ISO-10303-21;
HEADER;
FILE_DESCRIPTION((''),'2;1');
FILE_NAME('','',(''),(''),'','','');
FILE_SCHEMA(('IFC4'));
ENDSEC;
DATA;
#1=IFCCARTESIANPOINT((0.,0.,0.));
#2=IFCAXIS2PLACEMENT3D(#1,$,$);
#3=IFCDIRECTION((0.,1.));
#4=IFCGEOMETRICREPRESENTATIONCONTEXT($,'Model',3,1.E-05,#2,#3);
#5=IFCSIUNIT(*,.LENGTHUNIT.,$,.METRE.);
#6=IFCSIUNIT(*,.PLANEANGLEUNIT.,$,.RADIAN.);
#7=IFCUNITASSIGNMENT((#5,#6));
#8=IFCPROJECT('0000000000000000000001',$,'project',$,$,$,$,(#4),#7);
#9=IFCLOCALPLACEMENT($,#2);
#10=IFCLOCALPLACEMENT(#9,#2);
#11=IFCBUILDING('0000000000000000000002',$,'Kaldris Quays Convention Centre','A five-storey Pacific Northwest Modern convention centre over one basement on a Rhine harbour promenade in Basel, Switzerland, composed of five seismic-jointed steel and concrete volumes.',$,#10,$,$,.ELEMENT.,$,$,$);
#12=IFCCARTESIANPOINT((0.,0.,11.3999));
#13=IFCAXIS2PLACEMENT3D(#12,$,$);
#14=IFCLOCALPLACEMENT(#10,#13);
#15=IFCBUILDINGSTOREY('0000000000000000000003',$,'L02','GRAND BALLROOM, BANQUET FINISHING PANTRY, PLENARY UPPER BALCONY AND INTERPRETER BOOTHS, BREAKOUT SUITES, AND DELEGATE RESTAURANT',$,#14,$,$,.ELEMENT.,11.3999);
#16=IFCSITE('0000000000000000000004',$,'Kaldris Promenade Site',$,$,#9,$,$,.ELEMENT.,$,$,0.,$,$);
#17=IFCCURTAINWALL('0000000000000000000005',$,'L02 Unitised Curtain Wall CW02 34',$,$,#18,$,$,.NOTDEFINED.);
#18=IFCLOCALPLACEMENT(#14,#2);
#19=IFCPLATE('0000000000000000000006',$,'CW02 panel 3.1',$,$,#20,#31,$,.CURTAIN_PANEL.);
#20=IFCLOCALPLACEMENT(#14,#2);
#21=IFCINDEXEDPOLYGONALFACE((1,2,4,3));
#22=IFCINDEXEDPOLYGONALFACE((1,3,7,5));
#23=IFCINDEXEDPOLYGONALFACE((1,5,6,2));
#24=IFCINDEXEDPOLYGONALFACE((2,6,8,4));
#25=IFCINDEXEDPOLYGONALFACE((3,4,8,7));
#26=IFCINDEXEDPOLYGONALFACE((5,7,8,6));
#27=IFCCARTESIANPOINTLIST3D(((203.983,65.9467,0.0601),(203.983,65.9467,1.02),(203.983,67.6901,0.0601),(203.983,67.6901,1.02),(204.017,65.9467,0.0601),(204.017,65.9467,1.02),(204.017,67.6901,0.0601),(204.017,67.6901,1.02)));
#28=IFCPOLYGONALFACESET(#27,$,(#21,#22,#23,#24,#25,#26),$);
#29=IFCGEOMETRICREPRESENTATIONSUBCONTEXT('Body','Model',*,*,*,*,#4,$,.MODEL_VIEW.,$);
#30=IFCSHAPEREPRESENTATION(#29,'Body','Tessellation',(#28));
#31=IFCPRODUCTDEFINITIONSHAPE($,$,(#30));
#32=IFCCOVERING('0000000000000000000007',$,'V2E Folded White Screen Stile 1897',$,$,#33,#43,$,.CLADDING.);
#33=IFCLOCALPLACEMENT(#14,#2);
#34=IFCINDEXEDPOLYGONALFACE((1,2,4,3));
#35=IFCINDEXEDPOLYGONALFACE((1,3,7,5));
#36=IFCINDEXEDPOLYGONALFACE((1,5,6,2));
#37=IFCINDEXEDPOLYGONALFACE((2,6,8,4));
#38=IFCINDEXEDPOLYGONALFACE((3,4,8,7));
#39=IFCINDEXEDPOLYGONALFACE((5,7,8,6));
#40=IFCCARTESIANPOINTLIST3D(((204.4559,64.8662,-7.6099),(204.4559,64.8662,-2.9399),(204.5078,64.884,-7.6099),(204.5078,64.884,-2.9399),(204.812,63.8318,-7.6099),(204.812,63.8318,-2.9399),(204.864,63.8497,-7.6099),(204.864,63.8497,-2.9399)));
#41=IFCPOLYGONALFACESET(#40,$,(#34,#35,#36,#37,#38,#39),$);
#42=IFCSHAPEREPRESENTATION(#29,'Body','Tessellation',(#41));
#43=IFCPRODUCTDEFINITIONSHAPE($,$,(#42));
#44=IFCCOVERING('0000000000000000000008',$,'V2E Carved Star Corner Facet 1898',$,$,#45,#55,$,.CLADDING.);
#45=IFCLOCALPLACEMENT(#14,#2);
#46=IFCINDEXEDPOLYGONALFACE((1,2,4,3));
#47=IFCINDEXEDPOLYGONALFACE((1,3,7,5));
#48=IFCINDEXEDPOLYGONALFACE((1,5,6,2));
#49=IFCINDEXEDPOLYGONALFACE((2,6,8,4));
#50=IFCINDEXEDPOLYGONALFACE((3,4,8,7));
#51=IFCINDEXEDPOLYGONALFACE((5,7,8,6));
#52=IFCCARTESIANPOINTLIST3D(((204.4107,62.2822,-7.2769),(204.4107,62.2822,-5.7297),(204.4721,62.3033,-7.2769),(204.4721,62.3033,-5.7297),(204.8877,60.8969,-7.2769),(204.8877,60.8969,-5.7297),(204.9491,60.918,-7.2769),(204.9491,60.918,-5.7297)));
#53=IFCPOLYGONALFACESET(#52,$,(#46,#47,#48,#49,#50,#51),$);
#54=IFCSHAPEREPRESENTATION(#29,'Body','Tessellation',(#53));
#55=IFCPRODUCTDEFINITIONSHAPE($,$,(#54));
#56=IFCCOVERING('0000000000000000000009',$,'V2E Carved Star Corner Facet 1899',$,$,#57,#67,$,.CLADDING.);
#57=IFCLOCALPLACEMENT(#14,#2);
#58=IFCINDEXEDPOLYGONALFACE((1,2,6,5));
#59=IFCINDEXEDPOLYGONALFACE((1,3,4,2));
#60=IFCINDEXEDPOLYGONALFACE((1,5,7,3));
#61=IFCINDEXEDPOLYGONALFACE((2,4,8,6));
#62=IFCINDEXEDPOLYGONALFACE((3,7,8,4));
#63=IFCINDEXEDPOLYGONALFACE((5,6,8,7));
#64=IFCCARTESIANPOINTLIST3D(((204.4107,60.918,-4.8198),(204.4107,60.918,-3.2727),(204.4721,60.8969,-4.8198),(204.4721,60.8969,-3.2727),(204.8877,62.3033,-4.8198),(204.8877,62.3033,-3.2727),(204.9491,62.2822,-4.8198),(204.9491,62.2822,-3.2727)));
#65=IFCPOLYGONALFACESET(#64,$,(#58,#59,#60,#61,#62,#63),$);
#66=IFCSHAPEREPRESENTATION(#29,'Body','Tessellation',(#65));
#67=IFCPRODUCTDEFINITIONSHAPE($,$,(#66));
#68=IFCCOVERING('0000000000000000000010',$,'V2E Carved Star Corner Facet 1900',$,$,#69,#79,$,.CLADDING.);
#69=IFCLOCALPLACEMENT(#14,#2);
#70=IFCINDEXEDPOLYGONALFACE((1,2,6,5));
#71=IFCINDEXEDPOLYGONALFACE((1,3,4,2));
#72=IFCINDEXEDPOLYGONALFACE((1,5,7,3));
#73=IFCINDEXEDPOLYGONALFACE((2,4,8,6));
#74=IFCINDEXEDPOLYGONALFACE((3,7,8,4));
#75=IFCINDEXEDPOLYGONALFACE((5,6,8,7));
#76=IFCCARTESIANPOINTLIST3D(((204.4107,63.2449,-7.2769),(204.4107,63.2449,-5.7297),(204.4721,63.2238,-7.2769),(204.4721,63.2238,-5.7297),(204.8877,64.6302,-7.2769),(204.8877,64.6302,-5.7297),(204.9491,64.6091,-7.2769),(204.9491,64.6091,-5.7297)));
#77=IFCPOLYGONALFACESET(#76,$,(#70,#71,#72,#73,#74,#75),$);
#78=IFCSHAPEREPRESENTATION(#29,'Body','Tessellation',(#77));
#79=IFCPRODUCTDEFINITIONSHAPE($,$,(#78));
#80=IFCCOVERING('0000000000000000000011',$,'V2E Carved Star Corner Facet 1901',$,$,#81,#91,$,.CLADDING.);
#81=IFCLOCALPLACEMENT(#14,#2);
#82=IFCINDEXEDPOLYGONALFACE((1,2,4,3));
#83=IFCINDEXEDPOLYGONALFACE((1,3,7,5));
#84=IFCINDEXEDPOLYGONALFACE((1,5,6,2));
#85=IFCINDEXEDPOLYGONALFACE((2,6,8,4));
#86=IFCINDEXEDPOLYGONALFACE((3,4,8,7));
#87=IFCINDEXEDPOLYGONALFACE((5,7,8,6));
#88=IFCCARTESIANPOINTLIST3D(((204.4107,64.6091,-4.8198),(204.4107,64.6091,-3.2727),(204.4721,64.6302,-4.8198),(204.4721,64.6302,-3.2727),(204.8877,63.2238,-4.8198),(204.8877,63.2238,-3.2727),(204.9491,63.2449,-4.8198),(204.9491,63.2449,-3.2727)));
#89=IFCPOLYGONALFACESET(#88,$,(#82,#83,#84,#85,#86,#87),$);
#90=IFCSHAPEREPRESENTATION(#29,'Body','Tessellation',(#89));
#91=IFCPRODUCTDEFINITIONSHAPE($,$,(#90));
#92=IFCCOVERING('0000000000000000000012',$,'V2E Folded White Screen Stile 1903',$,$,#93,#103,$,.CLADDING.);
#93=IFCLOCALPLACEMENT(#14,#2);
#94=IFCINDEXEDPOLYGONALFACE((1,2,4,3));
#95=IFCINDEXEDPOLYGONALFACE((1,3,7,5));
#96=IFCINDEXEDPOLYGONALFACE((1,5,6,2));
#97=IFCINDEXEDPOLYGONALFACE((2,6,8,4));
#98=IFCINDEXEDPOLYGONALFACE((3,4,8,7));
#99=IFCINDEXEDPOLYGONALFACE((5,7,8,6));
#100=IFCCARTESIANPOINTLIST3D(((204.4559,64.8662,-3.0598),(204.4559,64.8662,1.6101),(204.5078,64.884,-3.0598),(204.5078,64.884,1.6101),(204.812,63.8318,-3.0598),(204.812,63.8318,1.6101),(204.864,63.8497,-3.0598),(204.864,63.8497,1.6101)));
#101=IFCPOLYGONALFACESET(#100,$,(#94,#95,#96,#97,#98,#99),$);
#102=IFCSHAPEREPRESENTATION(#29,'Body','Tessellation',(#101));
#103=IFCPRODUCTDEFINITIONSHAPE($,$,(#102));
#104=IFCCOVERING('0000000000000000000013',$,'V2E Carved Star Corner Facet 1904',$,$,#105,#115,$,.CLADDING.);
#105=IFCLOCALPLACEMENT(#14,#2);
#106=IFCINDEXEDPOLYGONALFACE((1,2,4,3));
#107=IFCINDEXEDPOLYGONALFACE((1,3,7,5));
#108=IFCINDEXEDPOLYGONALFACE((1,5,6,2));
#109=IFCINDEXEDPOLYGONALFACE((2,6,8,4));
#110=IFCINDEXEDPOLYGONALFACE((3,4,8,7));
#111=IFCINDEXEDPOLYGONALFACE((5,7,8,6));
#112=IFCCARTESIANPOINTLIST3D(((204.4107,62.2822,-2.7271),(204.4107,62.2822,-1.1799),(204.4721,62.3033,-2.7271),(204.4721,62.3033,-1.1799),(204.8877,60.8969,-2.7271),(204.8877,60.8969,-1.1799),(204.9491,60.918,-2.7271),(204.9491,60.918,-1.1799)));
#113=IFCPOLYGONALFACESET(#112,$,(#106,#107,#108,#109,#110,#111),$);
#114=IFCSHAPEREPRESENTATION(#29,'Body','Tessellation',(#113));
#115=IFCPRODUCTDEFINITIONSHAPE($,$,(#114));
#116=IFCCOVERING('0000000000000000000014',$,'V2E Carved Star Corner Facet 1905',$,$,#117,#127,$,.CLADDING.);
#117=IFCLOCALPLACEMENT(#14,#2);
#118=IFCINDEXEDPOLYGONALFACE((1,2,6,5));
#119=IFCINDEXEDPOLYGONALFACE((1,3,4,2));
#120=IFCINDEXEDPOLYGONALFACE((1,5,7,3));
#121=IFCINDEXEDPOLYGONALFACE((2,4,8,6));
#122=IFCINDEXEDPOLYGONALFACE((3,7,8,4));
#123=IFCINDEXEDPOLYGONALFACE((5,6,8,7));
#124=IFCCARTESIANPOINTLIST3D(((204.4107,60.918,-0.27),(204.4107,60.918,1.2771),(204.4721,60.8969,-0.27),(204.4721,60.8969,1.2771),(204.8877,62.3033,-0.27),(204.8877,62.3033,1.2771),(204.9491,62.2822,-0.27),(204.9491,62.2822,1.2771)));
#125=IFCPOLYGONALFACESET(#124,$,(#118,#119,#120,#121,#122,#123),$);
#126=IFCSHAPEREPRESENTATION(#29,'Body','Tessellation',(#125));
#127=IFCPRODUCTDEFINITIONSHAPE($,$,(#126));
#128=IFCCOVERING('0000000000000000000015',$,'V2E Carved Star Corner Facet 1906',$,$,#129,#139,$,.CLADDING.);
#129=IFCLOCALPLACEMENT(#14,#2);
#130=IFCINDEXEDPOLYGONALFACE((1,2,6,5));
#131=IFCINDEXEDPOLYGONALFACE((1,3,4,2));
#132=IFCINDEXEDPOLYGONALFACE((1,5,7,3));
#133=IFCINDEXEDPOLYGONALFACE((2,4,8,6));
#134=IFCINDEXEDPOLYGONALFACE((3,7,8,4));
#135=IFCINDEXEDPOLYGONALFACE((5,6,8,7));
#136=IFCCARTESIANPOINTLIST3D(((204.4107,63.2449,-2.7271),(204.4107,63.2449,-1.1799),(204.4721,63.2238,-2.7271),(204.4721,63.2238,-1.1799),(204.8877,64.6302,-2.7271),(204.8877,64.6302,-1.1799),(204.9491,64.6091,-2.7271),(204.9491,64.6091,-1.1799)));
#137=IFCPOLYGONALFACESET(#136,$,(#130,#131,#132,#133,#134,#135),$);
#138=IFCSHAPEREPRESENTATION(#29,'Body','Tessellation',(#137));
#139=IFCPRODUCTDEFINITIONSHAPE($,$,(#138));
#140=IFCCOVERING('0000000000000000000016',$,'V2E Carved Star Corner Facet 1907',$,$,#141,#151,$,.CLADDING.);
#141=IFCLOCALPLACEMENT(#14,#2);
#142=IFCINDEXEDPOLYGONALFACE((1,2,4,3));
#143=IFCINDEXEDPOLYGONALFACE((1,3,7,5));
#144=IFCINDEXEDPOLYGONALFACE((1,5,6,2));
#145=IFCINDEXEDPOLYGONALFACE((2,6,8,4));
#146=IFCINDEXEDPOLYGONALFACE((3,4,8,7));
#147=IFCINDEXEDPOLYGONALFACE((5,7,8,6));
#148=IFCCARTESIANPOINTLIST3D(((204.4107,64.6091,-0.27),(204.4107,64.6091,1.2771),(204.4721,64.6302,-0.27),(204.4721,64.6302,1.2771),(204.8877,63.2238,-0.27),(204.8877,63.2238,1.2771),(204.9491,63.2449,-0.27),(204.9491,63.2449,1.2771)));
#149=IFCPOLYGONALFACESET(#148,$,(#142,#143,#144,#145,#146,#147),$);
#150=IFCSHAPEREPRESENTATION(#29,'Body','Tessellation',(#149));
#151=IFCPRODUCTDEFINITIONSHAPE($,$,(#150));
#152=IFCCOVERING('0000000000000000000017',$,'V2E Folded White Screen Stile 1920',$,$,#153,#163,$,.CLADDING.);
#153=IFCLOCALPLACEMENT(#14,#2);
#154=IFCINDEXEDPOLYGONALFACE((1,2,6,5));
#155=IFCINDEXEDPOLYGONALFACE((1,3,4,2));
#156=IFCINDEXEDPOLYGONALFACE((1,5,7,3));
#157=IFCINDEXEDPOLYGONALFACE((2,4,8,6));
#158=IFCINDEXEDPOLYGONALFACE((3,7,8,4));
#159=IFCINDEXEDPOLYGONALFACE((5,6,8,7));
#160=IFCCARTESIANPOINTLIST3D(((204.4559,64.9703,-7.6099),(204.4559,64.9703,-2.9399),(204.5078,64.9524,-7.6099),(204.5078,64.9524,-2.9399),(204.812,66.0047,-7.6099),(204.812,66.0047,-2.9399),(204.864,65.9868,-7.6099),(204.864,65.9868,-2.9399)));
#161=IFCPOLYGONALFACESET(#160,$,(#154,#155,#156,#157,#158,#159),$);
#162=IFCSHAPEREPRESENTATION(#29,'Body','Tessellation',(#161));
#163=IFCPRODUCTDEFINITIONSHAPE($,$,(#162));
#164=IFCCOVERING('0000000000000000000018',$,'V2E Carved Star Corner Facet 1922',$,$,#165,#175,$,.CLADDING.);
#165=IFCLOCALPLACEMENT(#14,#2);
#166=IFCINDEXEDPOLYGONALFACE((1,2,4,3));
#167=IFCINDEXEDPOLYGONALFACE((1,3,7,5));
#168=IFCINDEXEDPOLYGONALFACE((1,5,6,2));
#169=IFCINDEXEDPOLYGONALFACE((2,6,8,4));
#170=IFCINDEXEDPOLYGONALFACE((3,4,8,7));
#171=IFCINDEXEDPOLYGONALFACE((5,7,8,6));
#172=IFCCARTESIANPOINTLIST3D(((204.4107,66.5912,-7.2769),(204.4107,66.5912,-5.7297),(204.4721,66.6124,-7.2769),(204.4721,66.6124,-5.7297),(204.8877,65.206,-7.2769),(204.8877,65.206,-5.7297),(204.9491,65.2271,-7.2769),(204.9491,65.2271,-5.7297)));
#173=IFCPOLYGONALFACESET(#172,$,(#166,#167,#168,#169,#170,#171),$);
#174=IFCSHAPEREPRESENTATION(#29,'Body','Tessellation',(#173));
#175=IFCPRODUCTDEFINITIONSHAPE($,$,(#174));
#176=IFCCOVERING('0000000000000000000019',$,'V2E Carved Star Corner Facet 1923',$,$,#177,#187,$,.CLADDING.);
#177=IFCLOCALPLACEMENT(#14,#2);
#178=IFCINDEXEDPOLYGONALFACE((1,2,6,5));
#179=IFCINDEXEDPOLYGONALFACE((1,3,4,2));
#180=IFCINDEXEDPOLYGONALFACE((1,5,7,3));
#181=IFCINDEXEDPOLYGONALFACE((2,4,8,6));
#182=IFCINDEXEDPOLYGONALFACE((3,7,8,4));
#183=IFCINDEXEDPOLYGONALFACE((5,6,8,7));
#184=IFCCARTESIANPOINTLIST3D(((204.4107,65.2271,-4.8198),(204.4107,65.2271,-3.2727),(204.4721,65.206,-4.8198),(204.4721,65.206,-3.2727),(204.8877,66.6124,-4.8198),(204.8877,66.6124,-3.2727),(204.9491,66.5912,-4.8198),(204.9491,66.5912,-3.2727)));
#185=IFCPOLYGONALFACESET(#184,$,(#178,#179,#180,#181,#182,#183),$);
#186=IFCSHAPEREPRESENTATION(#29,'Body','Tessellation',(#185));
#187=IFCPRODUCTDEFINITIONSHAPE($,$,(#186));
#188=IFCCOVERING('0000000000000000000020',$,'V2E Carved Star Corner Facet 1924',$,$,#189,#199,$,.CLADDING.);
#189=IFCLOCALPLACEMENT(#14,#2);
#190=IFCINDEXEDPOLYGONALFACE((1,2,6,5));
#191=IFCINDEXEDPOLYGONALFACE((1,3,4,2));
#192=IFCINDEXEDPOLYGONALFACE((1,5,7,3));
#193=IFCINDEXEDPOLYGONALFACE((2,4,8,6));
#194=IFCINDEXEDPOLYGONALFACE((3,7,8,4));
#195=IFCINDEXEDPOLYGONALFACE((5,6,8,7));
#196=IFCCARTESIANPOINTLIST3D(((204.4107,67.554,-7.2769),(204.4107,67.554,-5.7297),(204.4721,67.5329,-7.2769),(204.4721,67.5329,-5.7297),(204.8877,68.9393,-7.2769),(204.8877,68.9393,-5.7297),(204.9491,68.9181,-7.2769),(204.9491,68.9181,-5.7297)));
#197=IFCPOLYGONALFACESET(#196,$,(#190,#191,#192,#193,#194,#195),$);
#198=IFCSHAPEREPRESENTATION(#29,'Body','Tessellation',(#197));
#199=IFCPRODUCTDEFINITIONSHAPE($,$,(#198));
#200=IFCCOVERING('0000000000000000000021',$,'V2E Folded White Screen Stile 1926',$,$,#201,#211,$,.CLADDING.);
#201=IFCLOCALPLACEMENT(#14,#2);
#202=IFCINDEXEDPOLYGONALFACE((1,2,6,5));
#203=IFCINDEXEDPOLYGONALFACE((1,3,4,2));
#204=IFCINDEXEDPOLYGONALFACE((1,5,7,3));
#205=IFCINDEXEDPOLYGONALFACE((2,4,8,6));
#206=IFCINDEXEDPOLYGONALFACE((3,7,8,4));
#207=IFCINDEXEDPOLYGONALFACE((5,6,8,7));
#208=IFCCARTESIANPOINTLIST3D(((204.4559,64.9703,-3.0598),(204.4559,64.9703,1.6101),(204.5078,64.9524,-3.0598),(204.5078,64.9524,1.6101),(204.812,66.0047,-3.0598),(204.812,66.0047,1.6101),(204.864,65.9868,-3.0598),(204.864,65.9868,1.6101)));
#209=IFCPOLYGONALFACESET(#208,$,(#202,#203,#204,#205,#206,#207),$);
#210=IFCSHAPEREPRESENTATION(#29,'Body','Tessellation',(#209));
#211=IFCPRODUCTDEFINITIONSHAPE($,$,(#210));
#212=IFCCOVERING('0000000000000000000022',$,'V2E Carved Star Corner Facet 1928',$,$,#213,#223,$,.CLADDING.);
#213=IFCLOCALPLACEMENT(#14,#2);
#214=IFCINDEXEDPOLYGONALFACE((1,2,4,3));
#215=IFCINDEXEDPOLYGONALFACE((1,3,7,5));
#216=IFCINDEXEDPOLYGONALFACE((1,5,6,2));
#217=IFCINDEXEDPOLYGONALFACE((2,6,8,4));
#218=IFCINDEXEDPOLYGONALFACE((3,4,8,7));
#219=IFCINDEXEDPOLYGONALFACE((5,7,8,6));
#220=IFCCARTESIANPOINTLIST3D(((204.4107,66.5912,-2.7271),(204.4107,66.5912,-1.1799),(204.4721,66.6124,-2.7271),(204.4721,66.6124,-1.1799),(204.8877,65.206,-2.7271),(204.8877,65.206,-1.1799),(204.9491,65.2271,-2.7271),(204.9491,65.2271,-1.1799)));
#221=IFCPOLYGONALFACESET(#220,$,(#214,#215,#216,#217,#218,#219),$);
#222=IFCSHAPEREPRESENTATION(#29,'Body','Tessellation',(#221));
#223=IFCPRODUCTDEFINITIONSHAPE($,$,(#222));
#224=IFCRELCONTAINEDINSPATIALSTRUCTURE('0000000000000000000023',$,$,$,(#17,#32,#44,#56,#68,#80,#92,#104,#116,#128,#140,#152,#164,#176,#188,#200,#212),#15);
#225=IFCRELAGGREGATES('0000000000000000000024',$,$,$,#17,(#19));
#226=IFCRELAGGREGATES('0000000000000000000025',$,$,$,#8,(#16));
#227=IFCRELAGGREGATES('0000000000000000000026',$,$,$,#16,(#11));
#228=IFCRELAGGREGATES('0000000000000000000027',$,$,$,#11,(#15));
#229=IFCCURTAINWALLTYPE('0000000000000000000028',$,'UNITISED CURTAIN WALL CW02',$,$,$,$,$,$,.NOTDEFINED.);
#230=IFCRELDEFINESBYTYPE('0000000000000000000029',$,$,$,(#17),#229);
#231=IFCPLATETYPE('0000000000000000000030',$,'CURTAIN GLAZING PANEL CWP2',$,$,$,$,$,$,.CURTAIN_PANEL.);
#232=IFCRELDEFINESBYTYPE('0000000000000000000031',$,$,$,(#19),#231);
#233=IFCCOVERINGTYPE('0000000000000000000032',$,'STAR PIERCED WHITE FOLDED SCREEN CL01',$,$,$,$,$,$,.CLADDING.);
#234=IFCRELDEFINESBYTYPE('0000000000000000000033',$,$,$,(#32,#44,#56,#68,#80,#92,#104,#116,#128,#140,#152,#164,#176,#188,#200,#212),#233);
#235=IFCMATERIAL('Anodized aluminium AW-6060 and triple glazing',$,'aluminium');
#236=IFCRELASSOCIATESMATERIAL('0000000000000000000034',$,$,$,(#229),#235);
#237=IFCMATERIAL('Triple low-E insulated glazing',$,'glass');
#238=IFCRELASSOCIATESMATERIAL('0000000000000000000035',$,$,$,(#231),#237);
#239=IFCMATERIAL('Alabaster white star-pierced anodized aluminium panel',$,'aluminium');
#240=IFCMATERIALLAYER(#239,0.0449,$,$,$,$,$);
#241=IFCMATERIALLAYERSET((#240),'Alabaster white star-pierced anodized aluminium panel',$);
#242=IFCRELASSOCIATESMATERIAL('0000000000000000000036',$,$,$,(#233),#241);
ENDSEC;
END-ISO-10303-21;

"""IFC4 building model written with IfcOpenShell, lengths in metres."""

from ifc_helpers import new_model, si_unit, direction, frame, origin, origin_2d, place, context, subcontext, project, spatial, rectangle, extrude, material, layer, layer_set, type_object, element, aggregate, save


model = new_model("IFC4")

# Units and contexts
model_context = context("Model", 3, precision=1e-05, world=origin(), true_north=direction((0.0, 1.0)))
body_context = subcontext(model_context, "Body", "Model", "MODEL_VIEW")
ifc_project = project(units=[si_unit("LENGTHUNIT", "METRE"), si_unit("PLANEANGLEUNIT", "RADIAN")], contexts=[model_context])

# Site, building, storey
site_placement = place(None, origin())
site = spatial("IfcSite", under=ifc_project, at=site_placement, Name="Kaldris Promenade Site", CompositionType="ELEMENT", RefElevation=0.0)
building_placement = place(site_placement, origin())
building = spatial("IfcBuilding", under=site, at=building_placement, Name="Kaldris Quays Convention Centre", Description="A five-storey Pacific Northwest Modern convention centre over one basement on a Rhine harbour promenade in Basel, Switzerland, composed of five seismic-jointed steel and concrete volumes.", CompositionType="ELEMENT")
storey_placement = place(building_placement, frame((0.0, 0.0, 11.3999)))
storey = spatial("IfcBuildingStorey", under=building, at=storey_placement, Name="L02", Description="GRAND BALLROOM, BANQUET FINISHING PANTRY, PLENARY UPPER BALCONY AND INTERPRETER BOOTHS, BREAKOUT SUITES, AND DELEGATE RESTAURANT", CompositionType="ELEMENT", Elevation=11.3999)

# Curtain wall, plate
ifc_material_1 = material(Name="Anodized aluminium AW-6060 and triple glazing", Category="aluminium")
curtain_wall_type = type_object("IfcCurtainWallType", Name="UNITISED CURTAIN WALL CW02", PredefinedType="NOTDEFINED", material=ifc_material_1)
curtain_wall_placement = place(storey_placement, origin())
curtain_wall = element("IfcCurtainWall", 1, at=curtain_wall_placement, inside=storey, type_object=curtain_wall_type, Name="L02 Unitised Curtain Wall CW02 34", PredefinedType="NOTDEFINED")
ifc_material_2 = material(Name="Triple low-E insulated glazing", Category="glass")
plate_type = type_object("IfcPlateType", Name="CURTAIN GLAZING PANEL CWP2", PredefinedType="CURTAIN_PANEL", material=ifc_material_2)
plate_1_placement = place(storey_placement, frame((204.0, 66.8184, 0.0601), z_axis=(0.0, 0.0, 1.0), x_axis=(0.0, 1.0, 0.0)))
plate_1 = element("IfcPlate", 2, at=plate_1_placement, type_object=plate_type, Name="CW02 panel 3.1", PredefinedType="CURTAIN_PANEL", context=body_context, shape_type="SweptSolid", body=[
    extrude(rectangle(XDim=1.7434, YDim=0.0339, at=origin_2d()), origin(), (0.0, 0.0, 1.0), 0.96),
])
aggregate(curtain_wall, [plate_1])

# Coverings
ifc_material_3 = material(Name="Alabaster white star-pierced anodized aluminium panel", Category="aluminium")
ifc_layer = layer(ifc_material_3, 0.0449)
ifc_layer_set = layer_set([ifc_layer], Name="Alabaster white star-pierced anodized aluminium panel")
covering_type = type_object("IfcCoveringType", Name="STAR PIERCED WHITE FOLDED SCREEN CL01", PredefinedType="CLADDING", material=ifc_layer_set)
covering_1_placement = place(storey_placement, frame((204.6599, 64.3579, -7.6099), z_axis=(0.0, 0.0, 1.0), x_axis=(-0.325568, 0.945519, 0.0)))
element("IfcCovering", 3, at=covering_1_placement, inside=storey, type_object=covering_type, Name="V2E Folded White Screen Stile 1897", PredefinedType="CLADDING", context=body_context, shape_type="SweptSolid", body=[
    extrude(rectangle(XDim=1.094, YDim=0.0549, at=origin_2d()), origin(), (0.0, 0.0, 1.0), 4.6699),
])
for number, where, z_axis, x_axis, name in (
    (4, (204.6799, 61.6001, -7.2769), (0.0, 0.0, 1.0), (-0.325568, 0.945519, 0.0), "V2E Carved Star Corner Facet 1898"),
    (5, (204.6799, 61.6001, -4.8198), (0.0, 0.0, 1.0), (0.325568, 0.945519, 0.0), "V2E Carved Star Corner Facet 1899"),
    (6, (204.6799, 63.927, -7.2769), (0.0, 0.0, 1.0), (0.325568, 0.945519, 0.0), "V2E Carved Star Corner Facet 1900"),
    (7, (204.6799, 63.927, -4.8198), (0.0, 0.0, 1.0), (-0.325568, 0.945519, 0.0), "V2E Carved Star Corner Facet 1901"),
):
    element("IfcCovering", number, at=place(storey_placement, frame(where, z_axis=z_axis, x_axis=x_axis)), inside=storey, type_object=covering_type, Name=name, PredefinedType="CLADDING", context=body_context, shape_type="SweptSolid", body=[
        extrude(rectangle(XDim=1.4651, YDim=0.0649, at=origin_2d()), origin(), (0.0, 0.0, 1.0), 1.5471),
    ])
covering_2_placement = place(storey_placement, frame((204.6599, 64.3579, -3.0598), z_axis=(0.0, 0.0, 1.0), x_axis=(-0.325568, 0.945519, 0.0)))
element("IfcCovering", 8, at=covering_2_placement, inside=storey, type_object=covering_type, Name="V2E Folded White Screen Stile 1903", PredefinedType="CLADDING", context=body_context, shape_type="SweptSolid", body=[
    extrude(rectangle(XDim=1.094, YDim=0.0549, at=origin_2d()), origin(), (0.0, 0.0, 1.0), 4.6699),
])
for number, where, z_axis, x_axis, name in (
    (9, (204.6799, 61.6001, -2.7271), (0.0, 0.0, 1.0), (-0.325568, 0.945519, 0.0), "V2E Carved Star Corner Facet 1904"),
    (10, (204.6799, 61.6001, -0.27), (0.0, 0.0, 1.0), (0.325568, 0.945519, 0.0), "V2E Carved Star Corner Facet 1905"),
    (11, (204.6799, 63.927, -2.7271), (0.0, 0.0, 1.0), (0.325568, 0.945519, 0.0), "V2E Carved Star Corner Facet 1906"),
    (12, (204.6799, 63.927, -0.27), (0.0, 0.0, 1.0), (-0.325568, 0.945519, 0.0), "V2E Carved Star Corner Facet 1907"),
):
    element("IfcCovering", number, at=place(storey_placement, frame(where, z_axis=z_axis, x_axis=x_axis)), inside=storey, type_object=covering_type, Name=name, PredefinedType="CLADDING", context=body_context, shape_type="SweptSolid", body=[
        extrude(rectangle(XDim=1.4651, YDim=0.0649, at=origin_2d()), origin(), (0.0, 0.0, 1.0), 1.5471),
    ])
covering_3_placement = place(storey_placement, frame((204.6599, 65.4785, -7.6099), z_axis=(0.0, 0.0, 1.0), x_axis=(0.325568, 0.945519, 0.0)))
element("IfcCovering", 13, at=covering_3_placement, inside=storey, type_object=covering_type, Name="V2E Folded White Screen Stile 1920", PredefinedType="CLADDING", context=body_context, shape_type="SweptSolid", body=[
    extrude(rectangle(XDim=1.094, YDim=0.0549, at=origin_2d()), origin(), (0.0, 0.0, 1.0), 4.6699),
])
for number, where, z_axis, x_axis, name in (
    (14, (204.6799, 65.9092, -7.2769), (0.0, 0.0, 1.0), (-0.325568, 0.945519, 0.0), "V2E Carved Star Corner Facet 1922"),
    (15, (204.6799, 65.9092, -4.8198), (0.0, 0.0, 1.0), (0.325568, 0.945519, 0.0), "V2E Carved Star Corner Facet 1923"),
    (16, (204.6799, 68.2361, -7.2769), (0.0, 0.0, 1.0), (0.325568, 0.945519, 0.0), "V2E Carved Star Corner Facet 1924"),
):
    element("IfcCovering", number, at=place(storey_placement, frame(where, z_axis=z_axis, x_axis=x_axis)), inside=storey, type_object=covering_type, Name=name, PredefinedType="CLADDING", context=body_context, shape_type="SweptSolid", body=[
        extrude(rectangle(XDim=1.4651, YDim=0.0649, at=origin_2d()), origin(), (0.0, 0.0, 1.0), 1.5471),
    ])
covering_4_placement = place(storey_placement, frame((204.6599, 65.4785, -3.0598), z_axis=(0.0, 0.0, 1.0), x_axis=(0.325568, 0.945519, 0.0)))
element("IfcCovering", 17, at=covering_4_placement, inside=storey, type_object=covering_type, Name="V2E Folded White Screen Stile 1926", PredefinedType="CLADDING", context=body_context, shape_type="SweptSolid", body=[
    extrude(rectangle(XDim=1.094, YDim=0.0549, at=origin_2d()), origin(), (0.0, 0.0, 1.0), 4.6699),
])
for number, where, z_axis, x_axis, name in (
    (18, (204.6799, 65.9092, -2.7271), (0.0, 0.0, 1.0), (-0.325568, 0.945519, 0.0), "V2E Carved Star Corner Facet 1928"),
):
    element("IfcCovering", number, at=place(storey_placement, frame(where, z_axis=z_axis, x_axis=x_axis)), inside=storey, type_object=covering_type, Name=name, PredefinedType="CLADDING", context=body_context, shape_type="SweptSolid", body=[
        extrude(rectangle(XDim=1.4651, YDim=0.0649, at=origin_2d()), origin(), (0.0, 0.0, 1.0), 1.5471),
    ])

save(model, "model.ifc")
